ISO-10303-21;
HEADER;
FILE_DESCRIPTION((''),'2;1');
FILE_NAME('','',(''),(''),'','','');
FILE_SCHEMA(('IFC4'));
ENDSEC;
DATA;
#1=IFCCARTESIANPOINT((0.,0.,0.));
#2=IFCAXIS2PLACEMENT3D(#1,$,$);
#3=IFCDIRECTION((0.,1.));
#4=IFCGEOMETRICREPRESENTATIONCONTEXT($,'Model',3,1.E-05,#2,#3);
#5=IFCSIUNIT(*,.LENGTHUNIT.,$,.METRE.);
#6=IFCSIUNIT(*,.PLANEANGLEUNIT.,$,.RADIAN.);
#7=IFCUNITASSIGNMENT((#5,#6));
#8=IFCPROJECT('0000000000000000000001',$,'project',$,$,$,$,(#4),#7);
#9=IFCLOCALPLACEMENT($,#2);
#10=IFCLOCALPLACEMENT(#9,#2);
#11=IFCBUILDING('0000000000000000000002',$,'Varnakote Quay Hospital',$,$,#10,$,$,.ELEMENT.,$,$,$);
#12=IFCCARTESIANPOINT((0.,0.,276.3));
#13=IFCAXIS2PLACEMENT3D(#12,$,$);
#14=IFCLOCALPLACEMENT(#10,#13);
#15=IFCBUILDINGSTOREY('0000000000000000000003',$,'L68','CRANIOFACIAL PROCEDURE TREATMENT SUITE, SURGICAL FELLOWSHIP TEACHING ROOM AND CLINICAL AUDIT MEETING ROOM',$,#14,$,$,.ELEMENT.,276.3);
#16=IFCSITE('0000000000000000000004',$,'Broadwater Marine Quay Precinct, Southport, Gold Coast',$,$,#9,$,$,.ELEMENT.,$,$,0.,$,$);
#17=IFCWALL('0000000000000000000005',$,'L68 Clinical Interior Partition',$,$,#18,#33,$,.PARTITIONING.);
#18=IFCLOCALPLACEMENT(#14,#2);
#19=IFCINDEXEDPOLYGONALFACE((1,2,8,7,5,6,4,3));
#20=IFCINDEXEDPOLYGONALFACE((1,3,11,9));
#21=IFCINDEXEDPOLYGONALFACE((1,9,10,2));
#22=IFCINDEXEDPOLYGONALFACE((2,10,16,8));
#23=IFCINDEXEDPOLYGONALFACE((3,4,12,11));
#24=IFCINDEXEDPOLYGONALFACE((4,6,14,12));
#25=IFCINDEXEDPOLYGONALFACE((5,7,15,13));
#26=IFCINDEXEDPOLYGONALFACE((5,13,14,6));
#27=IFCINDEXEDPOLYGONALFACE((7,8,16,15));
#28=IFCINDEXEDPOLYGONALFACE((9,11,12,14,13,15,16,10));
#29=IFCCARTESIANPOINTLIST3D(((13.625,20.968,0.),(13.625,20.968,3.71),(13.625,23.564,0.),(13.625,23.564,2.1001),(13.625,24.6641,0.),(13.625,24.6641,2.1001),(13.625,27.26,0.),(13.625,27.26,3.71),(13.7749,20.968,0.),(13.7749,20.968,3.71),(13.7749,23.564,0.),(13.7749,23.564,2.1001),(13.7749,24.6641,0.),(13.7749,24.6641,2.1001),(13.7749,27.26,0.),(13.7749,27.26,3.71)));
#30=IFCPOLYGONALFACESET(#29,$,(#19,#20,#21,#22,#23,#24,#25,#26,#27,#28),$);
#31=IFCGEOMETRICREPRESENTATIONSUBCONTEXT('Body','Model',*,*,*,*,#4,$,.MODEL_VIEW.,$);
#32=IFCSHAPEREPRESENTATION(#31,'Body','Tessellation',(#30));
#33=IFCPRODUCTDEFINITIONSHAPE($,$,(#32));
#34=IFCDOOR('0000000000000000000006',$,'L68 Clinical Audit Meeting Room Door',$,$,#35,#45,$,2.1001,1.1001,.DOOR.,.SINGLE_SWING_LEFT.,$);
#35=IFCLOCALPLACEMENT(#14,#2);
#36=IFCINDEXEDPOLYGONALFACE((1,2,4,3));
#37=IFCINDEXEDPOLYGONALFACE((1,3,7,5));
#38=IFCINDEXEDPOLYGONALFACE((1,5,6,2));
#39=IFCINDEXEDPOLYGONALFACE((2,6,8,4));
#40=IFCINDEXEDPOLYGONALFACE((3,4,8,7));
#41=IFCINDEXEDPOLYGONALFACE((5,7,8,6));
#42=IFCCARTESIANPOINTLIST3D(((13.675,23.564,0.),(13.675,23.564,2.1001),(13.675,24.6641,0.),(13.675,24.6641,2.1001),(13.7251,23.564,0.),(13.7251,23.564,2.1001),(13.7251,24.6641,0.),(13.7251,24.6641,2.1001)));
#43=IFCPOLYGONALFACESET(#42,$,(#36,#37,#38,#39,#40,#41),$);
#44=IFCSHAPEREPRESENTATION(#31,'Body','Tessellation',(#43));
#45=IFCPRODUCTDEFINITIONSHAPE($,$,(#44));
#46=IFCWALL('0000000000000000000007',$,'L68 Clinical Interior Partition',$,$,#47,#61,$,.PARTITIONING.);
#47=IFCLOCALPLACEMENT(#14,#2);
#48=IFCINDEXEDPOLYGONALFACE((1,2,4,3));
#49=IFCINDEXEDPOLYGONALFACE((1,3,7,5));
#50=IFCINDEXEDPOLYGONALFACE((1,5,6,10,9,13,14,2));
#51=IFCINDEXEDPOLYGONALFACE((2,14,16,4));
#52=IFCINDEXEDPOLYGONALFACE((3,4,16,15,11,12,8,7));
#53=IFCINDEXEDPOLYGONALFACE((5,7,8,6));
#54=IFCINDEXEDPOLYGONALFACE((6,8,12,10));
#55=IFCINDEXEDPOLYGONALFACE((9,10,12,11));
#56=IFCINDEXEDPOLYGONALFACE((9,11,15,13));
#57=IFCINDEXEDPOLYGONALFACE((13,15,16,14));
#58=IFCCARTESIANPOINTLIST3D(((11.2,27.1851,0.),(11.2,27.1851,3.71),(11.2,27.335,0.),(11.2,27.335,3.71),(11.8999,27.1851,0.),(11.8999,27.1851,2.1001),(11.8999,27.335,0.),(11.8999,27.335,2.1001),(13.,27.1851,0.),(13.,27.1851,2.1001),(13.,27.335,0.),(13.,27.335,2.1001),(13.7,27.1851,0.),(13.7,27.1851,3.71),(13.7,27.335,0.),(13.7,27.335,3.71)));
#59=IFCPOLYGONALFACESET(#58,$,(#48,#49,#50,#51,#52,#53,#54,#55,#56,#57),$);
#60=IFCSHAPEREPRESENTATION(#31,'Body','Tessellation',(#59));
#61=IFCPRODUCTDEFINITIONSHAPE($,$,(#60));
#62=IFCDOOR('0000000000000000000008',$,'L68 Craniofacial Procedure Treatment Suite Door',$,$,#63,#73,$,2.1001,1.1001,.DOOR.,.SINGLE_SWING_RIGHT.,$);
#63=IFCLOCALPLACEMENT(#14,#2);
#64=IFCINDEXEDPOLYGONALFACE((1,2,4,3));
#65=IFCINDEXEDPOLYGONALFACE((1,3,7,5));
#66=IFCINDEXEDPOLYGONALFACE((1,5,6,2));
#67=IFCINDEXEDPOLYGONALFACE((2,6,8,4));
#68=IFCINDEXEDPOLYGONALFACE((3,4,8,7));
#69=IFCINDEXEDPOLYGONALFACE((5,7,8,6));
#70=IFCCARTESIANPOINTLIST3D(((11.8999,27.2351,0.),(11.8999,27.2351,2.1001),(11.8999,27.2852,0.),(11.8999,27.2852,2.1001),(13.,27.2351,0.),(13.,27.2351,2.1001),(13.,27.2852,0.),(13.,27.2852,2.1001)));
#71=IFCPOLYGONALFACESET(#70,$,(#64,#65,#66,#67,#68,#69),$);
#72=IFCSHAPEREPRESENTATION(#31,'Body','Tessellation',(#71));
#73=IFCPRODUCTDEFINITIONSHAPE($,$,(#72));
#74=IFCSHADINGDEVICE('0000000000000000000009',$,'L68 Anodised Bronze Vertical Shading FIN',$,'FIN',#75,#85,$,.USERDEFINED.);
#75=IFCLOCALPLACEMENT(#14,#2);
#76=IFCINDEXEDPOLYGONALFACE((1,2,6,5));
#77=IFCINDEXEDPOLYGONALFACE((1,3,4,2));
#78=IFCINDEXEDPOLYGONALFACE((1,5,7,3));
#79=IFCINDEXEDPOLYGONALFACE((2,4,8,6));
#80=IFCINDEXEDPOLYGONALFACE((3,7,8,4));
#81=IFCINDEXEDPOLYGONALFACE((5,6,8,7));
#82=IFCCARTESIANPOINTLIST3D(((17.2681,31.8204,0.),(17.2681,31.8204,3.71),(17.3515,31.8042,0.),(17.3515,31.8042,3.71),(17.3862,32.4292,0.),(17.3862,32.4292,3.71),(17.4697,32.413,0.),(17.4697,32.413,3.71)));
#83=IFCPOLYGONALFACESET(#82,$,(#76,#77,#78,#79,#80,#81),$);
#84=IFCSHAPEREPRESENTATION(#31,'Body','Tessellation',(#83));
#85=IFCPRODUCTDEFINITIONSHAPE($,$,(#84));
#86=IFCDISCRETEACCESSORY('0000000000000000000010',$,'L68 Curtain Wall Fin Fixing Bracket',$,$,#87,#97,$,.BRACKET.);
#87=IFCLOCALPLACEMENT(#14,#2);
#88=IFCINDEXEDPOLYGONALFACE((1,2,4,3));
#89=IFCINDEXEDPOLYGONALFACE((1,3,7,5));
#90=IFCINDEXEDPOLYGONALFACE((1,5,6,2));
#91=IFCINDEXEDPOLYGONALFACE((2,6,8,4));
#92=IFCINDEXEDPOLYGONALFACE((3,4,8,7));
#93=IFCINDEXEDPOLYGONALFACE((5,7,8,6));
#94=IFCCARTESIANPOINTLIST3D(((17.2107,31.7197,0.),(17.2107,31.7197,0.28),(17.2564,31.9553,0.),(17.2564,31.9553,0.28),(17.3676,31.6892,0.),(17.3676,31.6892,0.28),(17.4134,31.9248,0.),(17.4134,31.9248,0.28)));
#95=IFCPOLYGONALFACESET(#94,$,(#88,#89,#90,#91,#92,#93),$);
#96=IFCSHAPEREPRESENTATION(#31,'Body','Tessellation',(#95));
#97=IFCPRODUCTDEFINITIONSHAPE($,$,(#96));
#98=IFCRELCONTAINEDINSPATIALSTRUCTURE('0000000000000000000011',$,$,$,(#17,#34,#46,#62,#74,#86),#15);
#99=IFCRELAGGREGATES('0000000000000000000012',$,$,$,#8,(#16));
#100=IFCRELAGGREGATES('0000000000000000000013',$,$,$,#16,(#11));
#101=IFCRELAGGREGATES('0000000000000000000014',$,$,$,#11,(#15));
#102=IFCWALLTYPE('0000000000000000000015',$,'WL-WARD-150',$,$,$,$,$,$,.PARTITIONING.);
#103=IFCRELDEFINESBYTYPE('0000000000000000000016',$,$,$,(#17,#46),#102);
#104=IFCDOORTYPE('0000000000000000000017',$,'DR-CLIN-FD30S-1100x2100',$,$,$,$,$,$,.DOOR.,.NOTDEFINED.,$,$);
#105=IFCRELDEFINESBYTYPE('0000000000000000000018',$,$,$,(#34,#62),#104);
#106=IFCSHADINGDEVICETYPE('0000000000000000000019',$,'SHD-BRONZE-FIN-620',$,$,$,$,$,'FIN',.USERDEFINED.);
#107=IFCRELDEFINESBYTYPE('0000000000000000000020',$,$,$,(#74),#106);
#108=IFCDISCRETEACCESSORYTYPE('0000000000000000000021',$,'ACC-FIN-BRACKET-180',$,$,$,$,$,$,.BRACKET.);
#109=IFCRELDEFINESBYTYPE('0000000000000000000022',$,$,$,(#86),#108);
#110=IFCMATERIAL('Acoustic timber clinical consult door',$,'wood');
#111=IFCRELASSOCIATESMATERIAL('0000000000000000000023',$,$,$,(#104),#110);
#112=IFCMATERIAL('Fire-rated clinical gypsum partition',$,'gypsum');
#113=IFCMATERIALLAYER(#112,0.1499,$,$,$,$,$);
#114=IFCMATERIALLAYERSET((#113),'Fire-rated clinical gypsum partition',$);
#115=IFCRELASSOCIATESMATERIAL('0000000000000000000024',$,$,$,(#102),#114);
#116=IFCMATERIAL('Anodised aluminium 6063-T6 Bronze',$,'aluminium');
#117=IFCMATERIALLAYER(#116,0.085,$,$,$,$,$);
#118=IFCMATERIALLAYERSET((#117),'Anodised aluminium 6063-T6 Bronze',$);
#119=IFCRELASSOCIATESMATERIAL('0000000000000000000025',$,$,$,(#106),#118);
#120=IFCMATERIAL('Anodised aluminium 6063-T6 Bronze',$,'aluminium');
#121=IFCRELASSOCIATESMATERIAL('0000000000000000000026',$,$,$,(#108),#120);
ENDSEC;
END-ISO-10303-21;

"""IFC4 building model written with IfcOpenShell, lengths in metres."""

from ifc_helpers import new_model, si_unit, direction, frame, frame_2d, origin, origin_2d, place, context, subcontext, project, spatial, rectangle, extrude, material, layer, layer_set, type_object, element, fill, save


model = new_model("IFC4")

# Units and contexts
model_context = context("Model", 3, precision=1e-05, world=origin(), true_north=direction((0.0, 1.0)))
body_context = subcontext(model_context, "Body", "Model", "MODEL_VIEW")
ifc_project = project(units=[si_unit("LENGTHUNIT", "METRE"), si_unit("PLANEANGLEUNIT", "RADIAN")], contexts=[model_context])

# Site, building, storey
site_placement = place(None, origin())
site = spatial("IfcSite", under=ifc_project, at=site_placement, Name="Broadwater Marine Quay Precinct, Southport, Gold Coast", CompositionType="ELEMENT", RefElevation=0.0)
building_placement = place(site_placement, origin())
building = spatial("IfcBuilding", under=site, at=building_placement, Name="Varnakote Quay Hospital", CompositionType="ELEMENT")
storey_placement = place(building_placement, frame((0.0, 0.0, 276.3)))
storey = spatial("IfcBuildingStorey", under=building, at=storey_placement, Name="L68", Description="CRANIOFACIAL PROCEDURE TREATMENT SUITE, SURGICAL FELLOWSHIP TEACHING ROOM AND CLINICAL AUDIT MEETING ROOM", CompositionType="ELEMENT", Elevation=276.3)

# Shared definitions
ifc_material_1 = material(Name="Acoustic timber clinical consult door", Category="wood")
door_type = type_object("IfcDoorType", Name="DR-CLIN-FD30S-1100x2100", OperationType="NOTDEFINED", PredefinedType="DOOR", material=ifc_material_1)

# Walls, openings, doors
ifc_material_2 = material(Name="Fire-rated clinical gypsum partition", Category="gypsum")
ifc_layer_1 = layer(ifc_material_2, 0.1499)
ifc_layer_set_1 = layer_set([ifc_layer_1], Name="Fire-rated clinical gypsum partition")
wall_type_1 = type_object("IfcWallType", Name="WL-WARD-150", PredefinedType="PARTITIONING", material=ifc_layer_set_1)
wall_1_placement = place(storey_placement, frame((13.7, 20.968, 0.0), z_axis=(0.0, 0.0, 1.0), x_axis=(0.0, 1.0, 0.0)))
wall_1 = element("IfcWall", 1, at=wall_1_placement, inside=storey, type_object=wall_type_1, Name="L68 Clinical Interior Partition", PredefinedType="PARTITIONING", context=body_context, shape_type="SweptSolid", body=[
    extrude(rectangle(XDim=6.292, YDim=0.1499, at=frame_2d((3.146, 0.0))), origin(), (0.0, 0.0, 1.0), 3.71),
])
opening_1_placement = place(wall_1_placement, frame((2.5959, 0.0, 0.0)))
opening_1 = element("IfcOpeningElement", 2, at=opening_1_placement, cuts=wall_1, PredefinedType="OPENING", context=body_context, shape_type="SweptSolid", body=[
    extrude(rectangle(XDim=1.1001, YDim=2.1001, at=frame_2d((0.55, 1.05))), frame((0.0, 0.085, 0.0), z_axis=(0.0, -1.0, 0.0), x_axis=(1.0, 0.0, 0.0)), (0.0, 0.0, 1.0), 0.1699),
])
door_1_placement = place(opening_1_placement, origin())
door_1 = element("IfcDoor", 3, at=door_1_placement, inside=storey, type_object=door_type, Name="L68 Clinical Audit Meeting Room Door", OperationType="SINGLE_SWING_LEFT", OverallHeight=2.1001, OverallWidth=1.1001, PredefinedType="DOOR", context=body_context, shape_type="SweptSolid", body=[
    extrude(rectangle(XDim=1.1001, YDim=2.1001, at=frame_2d((0.55, 1.05))), frame((0.0, 0.0249, 0.0), z_axis=(0.0, -1.0, 0.0), x_axis=(1.0, 0.0, 0.0)), (0.0, 0.0, 1.0), 0.05),
])
fill(opening_1, door_1)
wall_2_placement = place(storey_placement, frame((13.7, 27.26, 0.0), z_axis=(0.0, 0.0, 1.0), x_axis=(-1.0, 0.0, 0.0)))
wall_2 = element("IfcWall", 4, at=wall_2_placement, inside=storey, type_object=wall_type_1, Name="L68 Clinical Interior Partition", PredefinedType="PARTITIONING", context=body_context, shape_type="SweptSolid", body=[
    extrude(rectangle(XDim=2.5, YDim=0.1499, at=frame_2d((1.25, 0.0))), origin(), (0.0, 0.0, 1.0), 3.71),
])
opening_2_placement = place(wall_2_placement, frame((0.7, 0.0, 0.0)))
opening_2 = element("IfcOpeningElement", 5, at=opening_2_placement, cuts=wall_2, PredefinedType="OPENING", context=body_context, shape_type="SweptSolid", body=[
    extrude(rectangle(XDim=1.1001, YDim=2.1001, at=frame_2d((0.55, 1.05))), frame((0.0, 0.085, 0.0), z_axis=(0.0, -1.0, 0.0), x_axis=(1.0, 0.0, 0.0)), (0.0, 0.0, 1.0), 0.1699),
])
door_2_placement = place(opening_2_placement, origin())
door_2 = element("IfcDoor", 6, at=door_2_placement, inside=storey, type_object=door_type, Name="L68 Craniofacial Procedure Treatment Suite Door", OperationType="SINGLE_SWING_RIGHT", OverallHeight=2.1001, OverallWidth=1.1001, PredefinedType="DOOR", context=body_context, shape_type="SweptSolid", body=[
    extrude(rectangle(XDim=1.1001, YDim=2.1001, at=frame_2d((0.55, 1.05))), frame((0.0, 0.0249, 0.0), z_axis=(0.0, -1.0, 0.0), x_axis=(1.0, 0.0, 0.0)), (0.0, 0.0, 1.0), 0.05),
])
fill(opening_2, door_2)

# Shading device
ifc_material_3 = material(Name="Anodised aluminium 6063-T6 Bronze", Category="aluminium")
ifc_layer_2 = layer(ifc_material_3, 0.085)
ifc_layer_set_2 = layer_set([ifc_layer_2], Name="Anodised aluminium 6063-T6 Bronze")
shading_device_type = type_object("IfcShadingDeviceType", Name="SHD-BRONZE-FIN-620", ElementType="FIN", PredefinedType="USERDEFINED", material=ifc_layer_set_2)
shading_device_placement = place(storey_placement, frame((17.3689, 32.1167, 0.0), z_axis=(0.0, 0.0, 1.0), x_axis=(-0.190466, -0.981694, 0.0)))
element("IfcShadingDevice", 7, at=shading_device_placement, inside=storey, type_object=shading_device_type, Name="L68 Anodised Bronze Vertical Shading FIN", ObjectType="FIN", PredefinedType="USERDEFINED", context=body_context, shape_type="SweptSolid", body=[
    extrude(rectangle(XDim=0.6201, YDim=0.085, at=origin_2d()), origin(), (0.0, 0.0, 1.0), 3.71),
])

# Discrete accessory
ifc_material_4 = material(Name="Anodised aluminium 6063-T6 Bronze", Category="aluminium")
discrete_accessory_type = type_object("IfcDiscreteAccessoryType", Name="ACC-FIN-BRACKET-180", PredefinedType="BRACKET", material=ifc_material_4)
discrete_accessory_placement = place(storey_placement, frame((17.312, 31.8223, 0.0), z_axis=(0.0, 0.0, 1.0), x_axis=(-0.981694, 0.190466, 0.0)))
element("IfcDiscreteAccessory", 8, at=discrete_accessory_placement, inside=storey, type_object=discrete_accessory_type, Name="L68 Curtain Wall Fin Fixing Bracket", PredefinedType="BRACKET", context=body_context, shape_type="SweptSolid", body=[
    extrude(rectangle(XDim=0.1599, YDim=0.24, at=origin_2d()), origin(), (0.0, 0.0, 1.0), 0.28),
])

save(model, "model.ifc")
